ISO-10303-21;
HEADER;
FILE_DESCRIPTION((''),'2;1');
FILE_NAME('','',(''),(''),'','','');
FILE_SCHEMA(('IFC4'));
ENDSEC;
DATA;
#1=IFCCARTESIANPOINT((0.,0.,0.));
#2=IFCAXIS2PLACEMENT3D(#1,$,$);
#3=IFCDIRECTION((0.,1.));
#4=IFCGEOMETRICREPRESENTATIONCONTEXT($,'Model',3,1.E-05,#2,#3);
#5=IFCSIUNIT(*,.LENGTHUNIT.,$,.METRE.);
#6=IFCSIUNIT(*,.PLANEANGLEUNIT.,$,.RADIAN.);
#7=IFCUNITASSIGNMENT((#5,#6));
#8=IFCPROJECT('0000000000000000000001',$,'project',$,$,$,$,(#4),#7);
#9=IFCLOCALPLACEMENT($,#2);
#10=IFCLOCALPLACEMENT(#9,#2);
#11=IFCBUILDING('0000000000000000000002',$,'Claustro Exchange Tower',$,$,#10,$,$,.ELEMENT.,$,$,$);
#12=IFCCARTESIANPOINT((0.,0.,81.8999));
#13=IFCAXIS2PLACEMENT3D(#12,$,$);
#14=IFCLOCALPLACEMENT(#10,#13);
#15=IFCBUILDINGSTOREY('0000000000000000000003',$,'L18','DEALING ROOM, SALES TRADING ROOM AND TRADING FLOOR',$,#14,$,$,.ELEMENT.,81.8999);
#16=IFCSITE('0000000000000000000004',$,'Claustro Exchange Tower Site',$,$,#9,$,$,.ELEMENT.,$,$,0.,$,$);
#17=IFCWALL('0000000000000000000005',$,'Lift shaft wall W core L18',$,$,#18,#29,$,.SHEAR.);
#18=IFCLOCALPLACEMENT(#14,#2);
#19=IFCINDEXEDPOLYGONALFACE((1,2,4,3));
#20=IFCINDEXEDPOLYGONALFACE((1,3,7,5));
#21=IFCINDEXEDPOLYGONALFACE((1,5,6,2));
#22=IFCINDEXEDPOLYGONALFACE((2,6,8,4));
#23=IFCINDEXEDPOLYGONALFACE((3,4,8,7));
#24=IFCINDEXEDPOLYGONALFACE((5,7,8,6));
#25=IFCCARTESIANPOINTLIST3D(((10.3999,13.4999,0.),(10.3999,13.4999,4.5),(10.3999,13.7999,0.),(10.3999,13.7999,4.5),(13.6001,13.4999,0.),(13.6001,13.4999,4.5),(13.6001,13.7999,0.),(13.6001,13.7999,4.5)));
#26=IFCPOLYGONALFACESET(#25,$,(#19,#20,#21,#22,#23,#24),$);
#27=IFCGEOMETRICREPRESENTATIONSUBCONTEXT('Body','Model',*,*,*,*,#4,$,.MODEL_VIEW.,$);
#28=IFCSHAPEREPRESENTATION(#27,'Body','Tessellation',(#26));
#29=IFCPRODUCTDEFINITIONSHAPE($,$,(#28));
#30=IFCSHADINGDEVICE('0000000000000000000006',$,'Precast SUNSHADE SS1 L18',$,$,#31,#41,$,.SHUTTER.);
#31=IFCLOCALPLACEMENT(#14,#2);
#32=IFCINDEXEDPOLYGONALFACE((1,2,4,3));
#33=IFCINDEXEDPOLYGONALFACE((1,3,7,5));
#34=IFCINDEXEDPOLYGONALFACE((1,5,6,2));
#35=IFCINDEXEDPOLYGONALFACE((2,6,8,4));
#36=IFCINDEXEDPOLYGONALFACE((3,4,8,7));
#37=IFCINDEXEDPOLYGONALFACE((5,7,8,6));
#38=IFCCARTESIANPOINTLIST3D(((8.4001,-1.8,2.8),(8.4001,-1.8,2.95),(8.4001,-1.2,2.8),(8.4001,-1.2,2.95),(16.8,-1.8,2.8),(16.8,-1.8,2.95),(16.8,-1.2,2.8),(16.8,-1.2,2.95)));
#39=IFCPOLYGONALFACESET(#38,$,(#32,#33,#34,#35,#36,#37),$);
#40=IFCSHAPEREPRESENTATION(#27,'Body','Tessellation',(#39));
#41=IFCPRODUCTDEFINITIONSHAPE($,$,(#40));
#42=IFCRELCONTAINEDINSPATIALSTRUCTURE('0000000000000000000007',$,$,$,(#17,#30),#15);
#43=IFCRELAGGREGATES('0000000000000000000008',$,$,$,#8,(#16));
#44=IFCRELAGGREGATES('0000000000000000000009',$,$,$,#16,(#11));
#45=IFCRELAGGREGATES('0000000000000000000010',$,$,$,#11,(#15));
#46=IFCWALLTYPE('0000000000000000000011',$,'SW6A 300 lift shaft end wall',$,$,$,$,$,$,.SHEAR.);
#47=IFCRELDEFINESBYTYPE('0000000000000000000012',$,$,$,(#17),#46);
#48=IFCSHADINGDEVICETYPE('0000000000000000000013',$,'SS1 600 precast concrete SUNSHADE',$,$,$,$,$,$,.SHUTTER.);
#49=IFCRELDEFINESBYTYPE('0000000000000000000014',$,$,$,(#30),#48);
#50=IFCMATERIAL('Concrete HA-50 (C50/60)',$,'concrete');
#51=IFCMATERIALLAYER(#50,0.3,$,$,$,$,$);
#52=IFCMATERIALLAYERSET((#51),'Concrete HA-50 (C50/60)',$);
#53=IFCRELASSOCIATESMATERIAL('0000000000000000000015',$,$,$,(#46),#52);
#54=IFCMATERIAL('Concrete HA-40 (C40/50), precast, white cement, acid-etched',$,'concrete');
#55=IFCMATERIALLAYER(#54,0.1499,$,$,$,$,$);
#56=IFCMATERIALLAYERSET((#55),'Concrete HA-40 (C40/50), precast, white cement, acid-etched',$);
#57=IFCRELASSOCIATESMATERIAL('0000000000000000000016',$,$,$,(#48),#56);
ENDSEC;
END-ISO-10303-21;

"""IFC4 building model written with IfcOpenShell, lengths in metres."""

from ifc_helpers import new_model, si_unit, direction, frame, frame_2d, origin, origin_2d, place, context, subcontext, project, spatial, rectangle, extrude, material, layer, layer_set, type_object, element, save


model = new_model("IFC4")

# Units and contexts
model_context = context("Model", 3, precision=1e-05, world=origin(), true_north=direction((0.0, 1.0)))
body_context = subcontext(model_context, "Body", "Model", "MODEL_VIEW")
ifc_project = project(units=[si_unit("LENGTHUNIT", "METRE"), si_unit("PLANEANGLEUNIT", "RADIAN")], contexts=[model_context])

# Site, building, storey
site_placement = place(None, origin())
site = spatial("IfcSite", under=ifc_project, at=site_placement, Name="Claustro Exchange Tower Site", CompositionType="ELEMENT", RefElevation=0.0)
building_placement = place(site_placement, origin())
building = spatial("IfcBuilding", under=site, at=building_placement, Name="Claustro Exchange Tower", CompositionType="ELEMENT")
storey_placement = place(building_placement, frame((0.0, 0.0, 81.8999)))
storey = spatial("IfcBuildingStorey", under=building, at=storey_placement, Name="L18", Description="DEALING ROOM, SALES TRADING ROOM AND TRADING FLOOR", CompositionType="ELEMENT", Elevation=81.8999)

# Wall
ifc_material_1 = material(Name="Concrete HA-50 (C50/60)", Category="concrete")
ifc_layer_1 = layer(ifc_material_1, 0.3)
ifc_layer_set_1 = layer_set([ifc_layer_1], Name="Concrete HA-50 (C50/60)")
wall_type_1 = type_object("IfcWallType", Name="SW6A 300 lift shaft end wall", PredefinedType="SHEAR", material=ifc_layer_set_1)
wall_1_placement = place(storey_placement, frame((10.3999, 13.6499, 0.0), z_axis=(0.0, 0.0, 1.0), x_axis=(1.0, 0.0, 0.0)))
element("IfcWall", 1, at=wall_1_placement, inside=storey, type_object=wall_type_1, Name="Lift shaft wall W core L18", PredefinedType="SHEAR", context=body_context, shape_type="SweptSolid", body=[
    extrude(rectangle(XDim=3.2002, YDim=0.3, at=frame_2d((1.6001, 0.0))), origin(), (0.0, 0.0, 1.0), 4.5),
])

# Shading device
ifc_material_2 = material(Name="Concrete HA-40 (C40/50), precast, white cement, acid-etched", Category="concrete")
ifc_layer_2 = layer(ifc_material_2, 0.1499)
ifc_layer_set_2 = layer_set([ifc_layer_2], Name="Concrete HA-40 (C40/50), precast, white cement, acid-etched")
shading_device_type = type_object("IfcShadingDeviceType", Name="SS1 600 precast concrete SUNSHADE", PredefinedType="SHUTTER", material=ifc_layer_set_2)
shading_device_placement = place(storey_placement, frame((12.6001, -1.5, 2.8), z_axis=(0.0, 0.0, 1.0), x_axis=(-1.0, 0.0, 0.0)))
element("IfcShadingDevice", 2, at=shading_device_placement, inside=storey, type_object=shading_device_type, Name="Precast SUNSHADE SS1 L18", PredefinedType="SHUTTER", context=body_context, shape_type="SweptSolid", body=[
    extrude(rectangle(XDim=8.3999, YDim=0.6001, at=origin_2d()), origin(), (0.0, 0.0, 1.0), 0.1499),
])

save(model, "model.ifc")
